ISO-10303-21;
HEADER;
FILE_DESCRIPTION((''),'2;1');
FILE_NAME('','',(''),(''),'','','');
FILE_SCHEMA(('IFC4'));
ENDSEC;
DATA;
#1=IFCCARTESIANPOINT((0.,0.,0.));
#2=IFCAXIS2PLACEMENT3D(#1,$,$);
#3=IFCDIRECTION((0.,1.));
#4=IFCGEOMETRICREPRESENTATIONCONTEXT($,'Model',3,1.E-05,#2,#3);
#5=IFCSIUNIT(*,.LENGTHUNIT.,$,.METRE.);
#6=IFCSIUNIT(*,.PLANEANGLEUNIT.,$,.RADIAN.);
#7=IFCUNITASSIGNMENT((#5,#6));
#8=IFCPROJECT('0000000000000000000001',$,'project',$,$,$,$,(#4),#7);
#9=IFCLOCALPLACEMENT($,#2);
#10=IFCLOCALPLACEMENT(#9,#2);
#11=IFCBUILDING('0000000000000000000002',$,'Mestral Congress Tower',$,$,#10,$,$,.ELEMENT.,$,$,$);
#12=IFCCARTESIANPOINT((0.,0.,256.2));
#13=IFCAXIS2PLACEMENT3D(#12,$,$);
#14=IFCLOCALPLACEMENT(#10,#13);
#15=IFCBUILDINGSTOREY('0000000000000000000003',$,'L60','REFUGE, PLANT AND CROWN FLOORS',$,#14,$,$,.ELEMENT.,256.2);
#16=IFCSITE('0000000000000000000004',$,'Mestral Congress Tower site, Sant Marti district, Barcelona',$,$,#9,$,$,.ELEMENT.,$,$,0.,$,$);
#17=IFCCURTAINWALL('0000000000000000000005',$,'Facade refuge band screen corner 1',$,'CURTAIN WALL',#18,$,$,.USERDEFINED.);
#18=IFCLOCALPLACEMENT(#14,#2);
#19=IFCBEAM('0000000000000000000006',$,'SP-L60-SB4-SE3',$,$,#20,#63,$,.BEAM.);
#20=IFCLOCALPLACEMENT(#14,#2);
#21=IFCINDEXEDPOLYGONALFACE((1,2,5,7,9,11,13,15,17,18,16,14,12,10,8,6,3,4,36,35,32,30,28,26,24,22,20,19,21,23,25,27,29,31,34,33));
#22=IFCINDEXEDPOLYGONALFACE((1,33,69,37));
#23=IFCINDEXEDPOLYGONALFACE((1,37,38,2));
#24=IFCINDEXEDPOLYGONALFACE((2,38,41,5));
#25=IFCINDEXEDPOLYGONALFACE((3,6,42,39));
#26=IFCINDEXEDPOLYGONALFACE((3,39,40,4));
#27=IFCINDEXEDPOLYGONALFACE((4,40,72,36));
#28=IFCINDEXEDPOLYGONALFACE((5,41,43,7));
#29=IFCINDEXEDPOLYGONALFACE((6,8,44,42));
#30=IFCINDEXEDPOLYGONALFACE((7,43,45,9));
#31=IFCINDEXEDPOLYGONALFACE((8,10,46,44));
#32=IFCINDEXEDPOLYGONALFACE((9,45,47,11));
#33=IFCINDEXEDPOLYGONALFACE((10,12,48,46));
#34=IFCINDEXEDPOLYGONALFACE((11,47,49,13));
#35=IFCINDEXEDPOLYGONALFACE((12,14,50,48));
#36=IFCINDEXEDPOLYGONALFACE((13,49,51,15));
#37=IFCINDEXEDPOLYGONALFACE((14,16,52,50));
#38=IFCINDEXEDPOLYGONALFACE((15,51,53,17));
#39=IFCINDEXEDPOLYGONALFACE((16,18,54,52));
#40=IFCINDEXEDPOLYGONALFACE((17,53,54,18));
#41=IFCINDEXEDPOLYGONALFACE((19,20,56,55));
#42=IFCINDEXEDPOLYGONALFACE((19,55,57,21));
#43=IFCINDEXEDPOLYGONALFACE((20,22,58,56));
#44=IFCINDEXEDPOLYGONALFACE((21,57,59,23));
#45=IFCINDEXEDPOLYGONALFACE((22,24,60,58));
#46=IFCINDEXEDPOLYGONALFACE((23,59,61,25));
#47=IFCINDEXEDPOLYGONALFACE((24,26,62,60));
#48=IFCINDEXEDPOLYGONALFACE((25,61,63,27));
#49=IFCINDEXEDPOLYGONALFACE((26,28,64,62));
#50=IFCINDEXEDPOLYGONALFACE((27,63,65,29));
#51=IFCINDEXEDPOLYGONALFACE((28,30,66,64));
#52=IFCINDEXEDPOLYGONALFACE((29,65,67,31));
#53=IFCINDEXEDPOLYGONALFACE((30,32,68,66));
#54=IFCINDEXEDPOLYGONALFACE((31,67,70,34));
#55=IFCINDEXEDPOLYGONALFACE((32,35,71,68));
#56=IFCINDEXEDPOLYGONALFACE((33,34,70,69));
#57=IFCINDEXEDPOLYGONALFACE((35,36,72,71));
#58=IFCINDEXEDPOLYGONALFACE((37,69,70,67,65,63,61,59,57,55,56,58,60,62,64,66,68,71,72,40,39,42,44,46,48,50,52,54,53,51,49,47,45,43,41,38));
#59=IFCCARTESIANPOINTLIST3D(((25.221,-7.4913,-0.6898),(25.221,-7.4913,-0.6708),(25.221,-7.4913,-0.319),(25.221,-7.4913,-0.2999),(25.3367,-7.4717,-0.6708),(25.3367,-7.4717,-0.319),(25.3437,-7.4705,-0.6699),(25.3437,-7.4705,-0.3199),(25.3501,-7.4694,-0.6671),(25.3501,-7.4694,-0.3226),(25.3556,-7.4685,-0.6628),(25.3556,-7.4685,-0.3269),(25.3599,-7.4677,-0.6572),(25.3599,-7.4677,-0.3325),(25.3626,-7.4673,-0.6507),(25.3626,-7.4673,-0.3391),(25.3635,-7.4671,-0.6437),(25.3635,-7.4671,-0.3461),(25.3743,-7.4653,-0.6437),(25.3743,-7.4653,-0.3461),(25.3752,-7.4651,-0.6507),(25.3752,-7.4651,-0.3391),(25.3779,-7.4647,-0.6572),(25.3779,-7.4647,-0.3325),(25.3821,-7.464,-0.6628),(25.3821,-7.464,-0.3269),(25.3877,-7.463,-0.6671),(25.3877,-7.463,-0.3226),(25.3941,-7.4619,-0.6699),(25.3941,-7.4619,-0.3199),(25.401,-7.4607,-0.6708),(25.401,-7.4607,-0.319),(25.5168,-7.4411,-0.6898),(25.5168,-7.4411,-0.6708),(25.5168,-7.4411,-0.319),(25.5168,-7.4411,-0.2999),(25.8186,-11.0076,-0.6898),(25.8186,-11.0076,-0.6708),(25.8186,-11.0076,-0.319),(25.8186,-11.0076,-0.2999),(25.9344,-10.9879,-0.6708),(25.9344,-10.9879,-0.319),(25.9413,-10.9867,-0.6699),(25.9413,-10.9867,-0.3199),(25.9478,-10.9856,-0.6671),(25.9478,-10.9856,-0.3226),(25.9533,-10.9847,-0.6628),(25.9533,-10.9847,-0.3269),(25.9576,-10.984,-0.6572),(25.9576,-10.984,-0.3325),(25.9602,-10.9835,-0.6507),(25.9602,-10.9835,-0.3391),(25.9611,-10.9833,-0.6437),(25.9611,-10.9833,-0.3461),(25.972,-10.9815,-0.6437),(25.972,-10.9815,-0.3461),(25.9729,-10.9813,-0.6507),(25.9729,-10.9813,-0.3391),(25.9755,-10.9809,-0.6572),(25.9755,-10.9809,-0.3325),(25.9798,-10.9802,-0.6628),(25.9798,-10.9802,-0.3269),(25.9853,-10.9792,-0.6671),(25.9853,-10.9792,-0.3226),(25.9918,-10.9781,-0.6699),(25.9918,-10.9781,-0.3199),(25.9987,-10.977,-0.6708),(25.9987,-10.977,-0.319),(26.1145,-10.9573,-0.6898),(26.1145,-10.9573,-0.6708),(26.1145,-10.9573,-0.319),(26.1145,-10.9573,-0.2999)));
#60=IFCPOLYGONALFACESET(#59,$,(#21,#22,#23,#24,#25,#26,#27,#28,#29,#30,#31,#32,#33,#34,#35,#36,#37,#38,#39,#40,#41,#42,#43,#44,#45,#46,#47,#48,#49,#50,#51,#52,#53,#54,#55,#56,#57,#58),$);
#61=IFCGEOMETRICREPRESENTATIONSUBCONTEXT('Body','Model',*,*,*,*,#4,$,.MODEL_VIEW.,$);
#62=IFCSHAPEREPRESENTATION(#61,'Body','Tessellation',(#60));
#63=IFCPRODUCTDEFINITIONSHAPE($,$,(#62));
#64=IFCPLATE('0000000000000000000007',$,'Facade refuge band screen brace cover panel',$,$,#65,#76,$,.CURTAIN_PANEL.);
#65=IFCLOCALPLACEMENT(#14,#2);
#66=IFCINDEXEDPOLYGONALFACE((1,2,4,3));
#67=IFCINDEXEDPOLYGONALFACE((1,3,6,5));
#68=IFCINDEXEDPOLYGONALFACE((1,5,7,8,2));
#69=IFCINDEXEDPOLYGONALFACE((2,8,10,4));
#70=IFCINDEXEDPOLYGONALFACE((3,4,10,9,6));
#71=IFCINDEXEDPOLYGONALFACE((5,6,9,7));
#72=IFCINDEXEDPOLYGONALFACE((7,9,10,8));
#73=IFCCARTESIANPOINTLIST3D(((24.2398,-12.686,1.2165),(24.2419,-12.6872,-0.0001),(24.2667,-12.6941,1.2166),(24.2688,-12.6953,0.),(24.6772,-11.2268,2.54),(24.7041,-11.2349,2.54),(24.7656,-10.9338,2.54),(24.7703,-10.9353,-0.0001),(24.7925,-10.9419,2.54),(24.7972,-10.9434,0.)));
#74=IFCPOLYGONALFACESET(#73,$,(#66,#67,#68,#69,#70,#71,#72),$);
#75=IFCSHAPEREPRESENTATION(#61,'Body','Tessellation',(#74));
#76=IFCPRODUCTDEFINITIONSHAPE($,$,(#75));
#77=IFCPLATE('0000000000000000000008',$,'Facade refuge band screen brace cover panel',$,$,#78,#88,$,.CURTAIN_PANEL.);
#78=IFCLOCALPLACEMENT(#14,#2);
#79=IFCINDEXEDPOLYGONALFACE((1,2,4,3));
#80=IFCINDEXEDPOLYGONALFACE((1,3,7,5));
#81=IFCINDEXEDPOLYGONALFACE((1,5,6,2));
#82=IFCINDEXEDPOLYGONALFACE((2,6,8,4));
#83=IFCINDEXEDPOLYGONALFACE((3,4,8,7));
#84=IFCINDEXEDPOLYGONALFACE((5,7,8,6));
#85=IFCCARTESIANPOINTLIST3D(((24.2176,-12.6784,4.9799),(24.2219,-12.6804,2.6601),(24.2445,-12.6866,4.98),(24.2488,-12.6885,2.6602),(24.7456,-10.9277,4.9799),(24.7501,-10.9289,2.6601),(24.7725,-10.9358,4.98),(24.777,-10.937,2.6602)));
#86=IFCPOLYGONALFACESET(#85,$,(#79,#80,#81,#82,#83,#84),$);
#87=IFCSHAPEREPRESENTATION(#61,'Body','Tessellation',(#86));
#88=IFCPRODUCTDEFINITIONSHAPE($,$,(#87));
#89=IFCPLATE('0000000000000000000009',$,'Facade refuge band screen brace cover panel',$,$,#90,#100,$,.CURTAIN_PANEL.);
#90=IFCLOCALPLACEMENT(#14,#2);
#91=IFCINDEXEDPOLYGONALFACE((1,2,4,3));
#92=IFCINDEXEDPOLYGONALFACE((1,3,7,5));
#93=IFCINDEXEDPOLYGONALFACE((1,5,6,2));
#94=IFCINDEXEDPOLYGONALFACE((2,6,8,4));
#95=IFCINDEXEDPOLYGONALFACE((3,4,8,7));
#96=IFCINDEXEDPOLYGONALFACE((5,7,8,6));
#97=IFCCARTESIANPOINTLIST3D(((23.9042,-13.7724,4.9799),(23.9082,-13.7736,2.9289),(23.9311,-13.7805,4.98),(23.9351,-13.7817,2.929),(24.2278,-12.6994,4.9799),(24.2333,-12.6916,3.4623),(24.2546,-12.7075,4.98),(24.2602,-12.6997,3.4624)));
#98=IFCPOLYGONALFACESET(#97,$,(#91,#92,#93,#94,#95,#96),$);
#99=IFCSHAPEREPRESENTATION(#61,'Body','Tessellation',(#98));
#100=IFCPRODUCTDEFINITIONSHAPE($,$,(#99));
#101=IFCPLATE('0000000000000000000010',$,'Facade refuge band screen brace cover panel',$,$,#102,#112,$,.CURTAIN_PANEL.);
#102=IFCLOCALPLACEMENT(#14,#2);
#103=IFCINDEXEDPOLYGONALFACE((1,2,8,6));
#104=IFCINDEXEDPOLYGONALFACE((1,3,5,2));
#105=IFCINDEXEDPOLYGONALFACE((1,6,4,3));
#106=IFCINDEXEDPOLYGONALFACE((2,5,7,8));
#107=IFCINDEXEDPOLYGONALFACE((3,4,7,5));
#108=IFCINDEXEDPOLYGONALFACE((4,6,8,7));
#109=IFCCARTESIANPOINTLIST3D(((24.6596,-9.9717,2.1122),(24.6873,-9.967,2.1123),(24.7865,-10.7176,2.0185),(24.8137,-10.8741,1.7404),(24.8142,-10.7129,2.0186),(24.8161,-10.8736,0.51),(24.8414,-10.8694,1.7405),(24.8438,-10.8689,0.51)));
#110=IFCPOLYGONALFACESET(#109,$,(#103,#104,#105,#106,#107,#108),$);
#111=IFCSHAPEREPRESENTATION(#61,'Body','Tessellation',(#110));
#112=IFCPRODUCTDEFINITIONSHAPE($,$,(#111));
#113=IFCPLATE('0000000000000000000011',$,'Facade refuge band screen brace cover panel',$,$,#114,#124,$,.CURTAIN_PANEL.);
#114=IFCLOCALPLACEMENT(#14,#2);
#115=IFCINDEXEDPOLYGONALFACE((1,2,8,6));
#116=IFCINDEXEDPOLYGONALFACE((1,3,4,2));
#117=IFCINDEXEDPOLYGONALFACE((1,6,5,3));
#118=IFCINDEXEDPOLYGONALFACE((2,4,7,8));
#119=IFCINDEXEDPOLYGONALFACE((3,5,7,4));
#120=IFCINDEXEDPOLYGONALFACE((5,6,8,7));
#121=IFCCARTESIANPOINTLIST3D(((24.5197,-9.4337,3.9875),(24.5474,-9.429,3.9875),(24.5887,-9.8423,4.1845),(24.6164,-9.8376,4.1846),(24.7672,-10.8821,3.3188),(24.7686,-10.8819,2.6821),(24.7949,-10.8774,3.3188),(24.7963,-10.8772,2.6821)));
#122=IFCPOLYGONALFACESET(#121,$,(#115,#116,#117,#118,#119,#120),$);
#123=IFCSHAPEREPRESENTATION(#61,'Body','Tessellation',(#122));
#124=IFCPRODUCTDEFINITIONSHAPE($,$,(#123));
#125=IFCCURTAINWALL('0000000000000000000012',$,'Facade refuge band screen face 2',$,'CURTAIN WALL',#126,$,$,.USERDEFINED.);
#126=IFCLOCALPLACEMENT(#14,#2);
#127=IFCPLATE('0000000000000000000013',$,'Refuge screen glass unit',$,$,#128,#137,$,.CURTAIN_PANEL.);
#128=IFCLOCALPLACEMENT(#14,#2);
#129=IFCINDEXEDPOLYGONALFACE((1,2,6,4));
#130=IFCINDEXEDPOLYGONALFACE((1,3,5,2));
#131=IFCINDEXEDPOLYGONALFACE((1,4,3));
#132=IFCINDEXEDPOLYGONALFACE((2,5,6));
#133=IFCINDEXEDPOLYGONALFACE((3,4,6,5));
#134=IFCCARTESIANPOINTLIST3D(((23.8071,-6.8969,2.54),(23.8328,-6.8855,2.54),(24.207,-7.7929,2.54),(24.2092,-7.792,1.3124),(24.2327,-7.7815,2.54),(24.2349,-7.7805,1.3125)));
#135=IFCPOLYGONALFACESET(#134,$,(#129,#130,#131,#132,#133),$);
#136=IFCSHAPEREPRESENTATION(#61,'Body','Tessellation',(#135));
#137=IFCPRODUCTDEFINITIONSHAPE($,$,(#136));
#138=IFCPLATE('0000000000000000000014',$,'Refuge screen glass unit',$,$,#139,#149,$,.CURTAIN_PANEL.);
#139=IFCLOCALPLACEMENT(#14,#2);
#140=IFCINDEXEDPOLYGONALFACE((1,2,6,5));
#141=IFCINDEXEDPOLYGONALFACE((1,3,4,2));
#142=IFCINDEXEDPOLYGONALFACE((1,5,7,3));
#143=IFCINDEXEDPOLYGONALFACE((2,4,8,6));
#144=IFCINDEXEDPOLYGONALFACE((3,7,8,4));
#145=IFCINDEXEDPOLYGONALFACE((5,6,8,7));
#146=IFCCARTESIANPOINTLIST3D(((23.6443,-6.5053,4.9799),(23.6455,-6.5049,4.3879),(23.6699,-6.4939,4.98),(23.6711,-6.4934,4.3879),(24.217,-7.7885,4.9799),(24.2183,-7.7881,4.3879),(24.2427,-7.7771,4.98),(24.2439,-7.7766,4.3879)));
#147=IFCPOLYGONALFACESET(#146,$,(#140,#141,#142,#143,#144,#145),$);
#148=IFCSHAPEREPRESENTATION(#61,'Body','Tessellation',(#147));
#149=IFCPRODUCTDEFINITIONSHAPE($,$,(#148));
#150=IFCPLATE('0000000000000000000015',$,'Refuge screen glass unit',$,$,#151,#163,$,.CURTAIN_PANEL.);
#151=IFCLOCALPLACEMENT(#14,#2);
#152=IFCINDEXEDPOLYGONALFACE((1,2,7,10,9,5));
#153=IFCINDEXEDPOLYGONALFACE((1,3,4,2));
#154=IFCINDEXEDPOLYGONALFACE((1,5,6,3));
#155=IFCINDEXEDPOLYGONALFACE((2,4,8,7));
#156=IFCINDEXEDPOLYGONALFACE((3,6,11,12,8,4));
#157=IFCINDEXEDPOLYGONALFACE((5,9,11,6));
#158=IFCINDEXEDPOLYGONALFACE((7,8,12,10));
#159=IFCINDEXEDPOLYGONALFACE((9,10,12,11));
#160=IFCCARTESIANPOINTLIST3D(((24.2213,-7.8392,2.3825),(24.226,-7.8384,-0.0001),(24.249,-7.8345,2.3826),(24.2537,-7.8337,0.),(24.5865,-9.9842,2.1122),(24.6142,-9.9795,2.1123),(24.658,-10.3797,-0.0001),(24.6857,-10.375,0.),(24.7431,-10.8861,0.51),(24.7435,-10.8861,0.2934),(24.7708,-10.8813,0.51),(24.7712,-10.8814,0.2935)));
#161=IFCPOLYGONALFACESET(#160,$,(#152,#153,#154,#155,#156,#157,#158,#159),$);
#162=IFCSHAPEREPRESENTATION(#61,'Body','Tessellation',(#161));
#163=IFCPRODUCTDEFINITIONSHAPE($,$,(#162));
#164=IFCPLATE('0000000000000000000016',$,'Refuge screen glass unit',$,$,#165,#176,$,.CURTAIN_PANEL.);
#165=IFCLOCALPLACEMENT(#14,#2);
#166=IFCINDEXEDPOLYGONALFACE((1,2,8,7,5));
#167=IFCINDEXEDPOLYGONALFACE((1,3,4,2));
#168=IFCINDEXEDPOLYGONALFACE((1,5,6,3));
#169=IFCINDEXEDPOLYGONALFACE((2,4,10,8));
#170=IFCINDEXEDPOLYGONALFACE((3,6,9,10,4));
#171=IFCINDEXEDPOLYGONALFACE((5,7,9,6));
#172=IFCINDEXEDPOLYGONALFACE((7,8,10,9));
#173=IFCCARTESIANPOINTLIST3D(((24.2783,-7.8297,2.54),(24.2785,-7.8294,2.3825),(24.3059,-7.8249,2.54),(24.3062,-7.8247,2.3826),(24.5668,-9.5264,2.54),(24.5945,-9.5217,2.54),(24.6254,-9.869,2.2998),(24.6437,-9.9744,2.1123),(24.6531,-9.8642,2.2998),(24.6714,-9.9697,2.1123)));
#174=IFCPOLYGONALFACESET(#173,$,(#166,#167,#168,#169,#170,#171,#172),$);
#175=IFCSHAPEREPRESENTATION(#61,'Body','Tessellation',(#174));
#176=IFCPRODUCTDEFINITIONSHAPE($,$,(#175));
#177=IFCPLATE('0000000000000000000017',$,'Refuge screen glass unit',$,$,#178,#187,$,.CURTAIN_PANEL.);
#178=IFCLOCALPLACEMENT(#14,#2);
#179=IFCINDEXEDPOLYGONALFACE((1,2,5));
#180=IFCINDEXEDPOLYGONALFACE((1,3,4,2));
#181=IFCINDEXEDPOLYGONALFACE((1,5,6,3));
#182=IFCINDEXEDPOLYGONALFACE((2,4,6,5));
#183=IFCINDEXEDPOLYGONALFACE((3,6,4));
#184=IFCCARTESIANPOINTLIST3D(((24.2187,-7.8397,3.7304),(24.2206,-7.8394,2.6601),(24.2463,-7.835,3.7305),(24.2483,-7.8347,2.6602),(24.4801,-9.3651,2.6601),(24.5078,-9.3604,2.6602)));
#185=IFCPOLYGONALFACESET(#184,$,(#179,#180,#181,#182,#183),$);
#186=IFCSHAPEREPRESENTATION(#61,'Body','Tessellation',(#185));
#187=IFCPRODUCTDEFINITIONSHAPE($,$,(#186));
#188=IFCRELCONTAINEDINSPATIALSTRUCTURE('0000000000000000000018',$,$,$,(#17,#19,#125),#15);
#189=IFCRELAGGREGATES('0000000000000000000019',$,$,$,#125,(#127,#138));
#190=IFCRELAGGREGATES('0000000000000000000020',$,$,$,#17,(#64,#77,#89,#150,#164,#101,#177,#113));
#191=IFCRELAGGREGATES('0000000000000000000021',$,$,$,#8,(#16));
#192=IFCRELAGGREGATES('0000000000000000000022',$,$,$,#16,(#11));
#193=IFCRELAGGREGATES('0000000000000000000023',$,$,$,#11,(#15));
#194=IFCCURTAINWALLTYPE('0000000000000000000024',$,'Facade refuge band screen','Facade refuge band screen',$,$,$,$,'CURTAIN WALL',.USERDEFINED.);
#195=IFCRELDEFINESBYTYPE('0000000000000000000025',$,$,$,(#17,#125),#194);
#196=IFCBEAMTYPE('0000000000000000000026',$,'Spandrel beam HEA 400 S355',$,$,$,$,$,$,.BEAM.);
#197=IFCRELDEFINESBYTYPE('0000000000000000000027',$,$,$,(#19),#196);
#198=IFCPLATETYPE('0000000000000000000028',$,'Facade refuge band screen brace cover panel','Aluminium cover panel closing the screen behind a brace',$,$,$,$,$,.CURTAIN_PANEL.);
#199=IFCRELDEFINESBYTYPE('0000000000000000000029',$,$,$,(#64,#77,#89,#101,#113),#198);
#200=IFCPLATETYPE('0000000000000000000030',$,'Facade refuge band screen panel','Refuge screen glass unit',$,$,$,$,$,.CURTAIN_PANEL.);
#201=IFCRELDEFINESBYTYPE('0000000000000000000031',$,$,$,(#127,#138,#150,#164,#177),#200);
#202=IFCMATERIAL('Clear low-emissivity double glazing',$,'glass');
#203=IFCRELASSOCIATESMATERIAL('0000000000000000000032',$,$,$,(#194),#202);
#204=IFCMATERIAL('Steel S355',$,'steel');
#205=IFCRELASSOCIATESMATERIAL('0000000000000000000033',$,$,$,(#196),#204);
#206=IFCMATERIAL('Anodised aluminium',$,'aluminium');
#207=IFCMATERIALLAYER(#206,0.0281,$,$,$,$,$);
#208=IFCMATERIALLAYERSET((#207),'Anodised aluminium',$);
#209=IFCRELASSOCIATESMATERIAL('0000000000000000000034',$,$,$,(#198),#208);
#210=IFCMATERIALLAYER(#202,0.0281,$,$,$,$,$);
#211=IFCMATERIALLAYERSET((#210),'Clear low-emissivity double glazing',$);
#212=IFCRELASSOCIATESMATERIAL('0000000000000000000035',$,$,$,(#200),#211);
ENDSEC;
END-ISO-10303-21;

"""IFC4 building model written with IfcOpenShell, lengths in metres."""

from ifc_helpers import new_model, si_unit, direction, frame, origin, origin_2d, place, context, subcontext, project, spatial, polyline, i_section, outline, extrude, material, layer, layer_set, material_profile, profile_set, type_object, element, aggregate, save


model = new_model("IFC4")

# Units and contexts
model_context = context("Model", 3, precision=1e-05, world=origin(), true_north=direction((0.0, 1.0)))
body_context = subcontext(model_context, "Body", "Model", "MODEL_VIEW")
ifc_project = project(units=[si_unit("LENGTHUNIT", "METRE"), si_unit("PLANEANGLEUNIT", "RADIAN")], contexts=[model_context])

# Site, building, storey
site_placement = place(None, origin())
site = spatial("IfcSite", under=ifc_project, at=site_placement, Name="Mestral Congress Tower site, Sant Marti district, Barcelona", CompositionType="ELEMENT", RefElevation=0.0)
building_placement = place(site_placement, origin())
building = spatial("IfcBuilding", under=site, at=building_placement, Name="Mestral Congress Tower", CompositionType="ELEMENT")
storey_placement = place(building_placement, frame((0.0, 0.0, 256.2)))
storey = spatial("IfcBuildingStorey", under=building, at=storey_placement, Name="L60", Description="REFUGE, PLANT AND CROWN FLOORS", CompositionType="ELEMENT", Elevation=256.2)

# Shared definitions
ifc_material_1 = material(Name="Steel S355", Category="steel")

# Curtain wall
ifc_material_2 = material(Name="Clear low-emissivity double glazing", Category="glass")
curtain_wall_type = type_object("IfcCurtainWallType", Name="Facade refuge band screen", Description="Facade refuge band screen", ElementType="CURTAIN WALL", PredefinedType="USERDEFINED", material=ifc_material_2)
placement = place(storey_placement, origin())
curtain_wall_1 = element("IfcCurtainWall", 1, at=placement, inside=storey, type_object=curtain_wall_type, Name="Facade refuge band screen corner 1", ObjectType="CURTAIN WALL", PredefinedType="USERDEFINED")
ifc_material_3 = material(Name="Anodised aluminium", Category="aluminium")

# Beam
ifc_material_profile_1 = material_profile(ifc_material_1, i_section(OverallWidth=0.3, OverallDepth=0.3899, WebThickness=0.011, FlangeThickness=0.019, FilletRadius=0.0271, at=origin_2d()), Name="HEA 400")
ifc_profile_set_1 = profile_set([ifc_material_profile_1], Name="Steel S355")
beam_type_1 = type_object("IfcBeamType", Name="Spandrel beam HEA 400 S355", PredefinedType="BEAM", material=ifc_profile_set_1)
beam_1_placement = place(storey_placement, frame((25.9666, -10.9824, -0.4949), z_axis=(-0.167573, 0.98586, 0.0), x_axis=(-0.98586, -0.167573, 0.0)))
element("IfcBeam", 2, at=beam_1_placement, inside=storey, type_object=beam_type_1, Name="SP-L60-SB4-SE3", PredefinedType="BEAM", context=body_context, shape_type="SweptSolid", body=[
    extrude(i_section(OverallWidth=0.3, OverallDepth=0.3899, WebThickness=0.011, FlangeThickness=0.019, FilletRadius=0.0271, at=origin_2d()), origin(), (0.0, 0.0, 1.0), 3.5667),
])

# Plates
ifc_layer_1 = layer(ifc_material_3, 0.0281)
ifc_layer_set_1 = layer_set([ifc_layer_1], Name="Anodised aluminium")
plate_type_1 = type_object("IfcPlateType", Name="Facade refuge band screen brace cover panel", Description="Aluminium cover panel closing the screen behind a brace", PredefinedType="CURTAIN_PANEL", material=ifc_layer_set_1)
plate_1_placement = place(storey_placement, frame((24.2688, -12.6953, 0.0), z_axis=(0.957398, -0.288765, 0.001949), x_axis=(-0.001739, 0.000983, 0.999998)))
plate_1 = element("IfcPlate", 3, at=plate_1_placement, type_object=plate_type_1, Name="Facade refuge band screen brace cover panel", PredefinedType="CURTAIN_PANEL", context=body_context, shape_type="SweptSolid", body=[
    extrude(outline(polyline([(0.0, 0.0), (1.2166, 0.0), (2.5407, -1.5228), (2.5408, -1.8288), (0.0008, -1.8299), (0.0, 0.0)])), origin(), (0.0, 0.0, -1.0), 0.0281),
])
plate_2_placement = place(storey_placement, frame((24.7725, -10.9358, 4.98), z_axis=(0.95741, -0.288725, 0.002011), x_axis=(0.001938, -0.000539, -0.999998)))
plate_2 = element("IfcPlate", 4, at=plate_2_placement, type_object=plate_type_1, Name="Facade refuge band screen brace cover panel", PredefinedType="CURTAIN_PANEL", context=body_context, shape_type="SweptSolid", body=[
    extrude(outline(polyline([(0.0, 0.0), (2.3198, 0.0), (2.3197, -1.8293), (-0.0001, -1.8286), (0.0, 0.0)])), origin(), (0.0, 0.0, -1.0), 0.0281),
])
plate_3_placement = place(storey_placement, frame((24.2546, -12.7075, 4.98), z_axis=(0.95742, -0.288692, 0.002021), x_axis=(0.003666, 0.005158, -0.99998)))
plate_3 = element("IfcPlate", 5, at=plate_3_placement, type_object=plate_type_1, Name="Facade refuge band screen brace cover panel", PredefinedType="CURTAIN_PANEL", context=body_context, shape_type="SweptSolid", body=[
    extrude(outline(polyline([(0.0, 0.0), (1.5176, 0.0), (2.0443, -1.133), (-0.0067, -1.1207), (0.0, 0.0)])), origin(), (0.0, 0.0, -1.0), 0.0281),
])
plate_4_placement = place(storey_placement, frame((24.8438, -10.8689, 0.51), z_axis=(0.985871, 0.167495, 0.001984), x_axis=(-0.001946, -0.00039, 0.999998)))
plate_4 = element("IfcPlate", 6, at=plate_4_placement, type_object=plate_type_1, Name="Facade refuge band screen brace cover panel", PredefinedType="CURTAIN_PANEL", context=body_context, shape_type="SweptSolid", body=[
    extrude(outline(polyline([(0.0, 0.0), (1.2305, 0.0), (1.5085, -0.1588), (1.6022, -0.9154), (0.0, 0.0)])), origin(), (0.0, 0.0, -1.0), 0.0281),
])
plate_5_placement = place(storey_placement, frame((24.7949, -10.8774, 3.3188), z_axis=(0.985872, 0.167486, 0.002182), x_axis=(-0.130841, 0.761903, 0.634338)))
plate_5 = element("IfcPlate", 7, at=plate_5_placement, type_object=plate_type_1, Name="Facade refuge band screen brace cover panel", PredefinedType="CURTAIN_PANEL", context=body_context, shape_type="SweptSolid", body=[
    extrude(outline(polyline([(0.0, 0.0), (1.3648, 0.0), (1.5602, -0.4152), (-0.4039, -0.4922), (0.0, 0.0)])), origin(), (0.0, 0.0, -1.0), 0.0281),
])

# Curtain wall, plates
curtain_wall_2 = element("IfcCurtainWall", 8, at=placement, inside=storey, type_object=curtain_wall_type, Name="Facade refuge band screen face 2", ObjectType="CURTAIN WALL", PredefinedType="USERDEFINED")
ifc_layer_2 = layer(ifc_material_2, 0.0281)
ifc_layer_set_2 = layer_set([ifc_layer_2], Name="Clear low-emissivity double glazing")
plate_type_2 = type_object("IfcPlateType", Name="Facade refuge band screen panel", Description="Refuge screen glass unit", PredefinedType="CURTAIN_PANEL", material=ifc_layer_set_2)
plate_6_placement = place(storey_placement, frame((24.2327, -7.7815, 2.54), z_axis=(0.913173, 0.407569, 0.001959), x_axis=(-0.407569, 0.913174, 0.0)))
plate_6 = element("IfcPlate", 9, at=plate_6_placement, type_object=plate_type_2, Name="Refuge screen glass unit", PredefinedType="CURTAIN_PANEL", context=body_context, shape_type="SweptSolid", body=[
    extrude(outline(polyline([(0.0, 0.0), (0.9812, 0.0), (0.0, -1.2275), (0.0, 0.0)])), origin(), (0.0, 0.0, -1.0), 0.0281),
])
plate_7_placement = place(storey_placement, frame((24.2427, -7.7771, 4.98), z_axis=(0.913163, 0.407588, 0.002219), x_axis=(-0.407589, 0.913166, 0.0)))
plate_7 = element("IfcPlate", 10, at=plate_7_placement, type_object=plate_type_2, Name="Refuge screen glass unit", PredefinedType="CURTAIN_PANEL", context=body_context, shape_type="SweptSolid", body=[
    extrude(outline(polyline([(0.0, 0.0), (1.4052, 0.0), (1.4052, -0.592), (-0.0001, -0.592), (0.0, 0.0)])), origin(), (0.0, 0.0, -1.0), 0.0281),
])
aggregate(curtain_wall_2, [plate_6, plate_7])

# Plates
plate_8_placement = place(storey_placement, frame((24.2537, -7.8337, 0.0), z_axis=(0.985851, 0.167609, 0.001991), x_axis=(0.16761, -0.985853, 0.0)))
plate_8 = element("IfcPlate", 11, at=plate_8_placement, type_object=plate_type_2, Name="Refuge screen glass unit", PredefinedType="CURTAIN_PANEL", context=body_context, shape_type="SweptSolid", body=[
    extrude(outline(polyline([(0.0, 0.0), (2.5777, 0.0), (3.0912, -0.2935), (3.0912, -0.51), (2.1758, -2.1123), (-0.0001, -2.3826), (0.0, 0.0)])), origin(), (0.0, 0.0, -1.0), 0.0281),
])
plate_9_placement = place(storey_placement, frame((24.6714, -9.9697, 2.1123), z_axis=(0.985848, 0.167633, 0.001711), x_axis=(-0.084577, 0.488534, 0.868436)))
plate_9 = element("IfcPlate", 12, at=plate_9_placement, type_object=plate_type_2, Name="Refuge screen glass unit", PredefinedType="CURTAIN_PANEL", context=body_context, shape_type="SweptSolid", body=[
    extrude(outline(polyline([(0.0, 0.0), (0.2159, 0.0), (0.5968, -0.1827), (1.4502, -1.6774), (1.3135, -1.7556), (0.0, 0.0)])), origin(), (0.0, 0.0, -1.0), 0.0281),
])
plate_10_placement = place(storey_placement, frame((24.2483, -7.8347, 2.6602), z_axis=(0.985837, 0.167698, 0.001837), x_axis=(0.167698, -0.985838, 0.0)))
plate_10 = element("IfcPlate", 13, at=plate_10_placement, type_object=plate_type_2, Name="Refuge screen glass unit", PredefinedType="CURTAIN_PANEL", context=body_context, shape_type="SweptSolid", body=[
    extrude(outline(polyline([(0.0, 0.0), (1.5476, 0.0), (-0.0001, -1.0703), (0.0, 0.0)])), origin(), (0.0, 0.0, -1.0), 0.0281),
])

aggregate(curtain_wall_1, [plate_1, plate_2, plate_3, plate_8, plate_9, plate_4, plate_10, plate_5])

save(model, "model.ifc")
